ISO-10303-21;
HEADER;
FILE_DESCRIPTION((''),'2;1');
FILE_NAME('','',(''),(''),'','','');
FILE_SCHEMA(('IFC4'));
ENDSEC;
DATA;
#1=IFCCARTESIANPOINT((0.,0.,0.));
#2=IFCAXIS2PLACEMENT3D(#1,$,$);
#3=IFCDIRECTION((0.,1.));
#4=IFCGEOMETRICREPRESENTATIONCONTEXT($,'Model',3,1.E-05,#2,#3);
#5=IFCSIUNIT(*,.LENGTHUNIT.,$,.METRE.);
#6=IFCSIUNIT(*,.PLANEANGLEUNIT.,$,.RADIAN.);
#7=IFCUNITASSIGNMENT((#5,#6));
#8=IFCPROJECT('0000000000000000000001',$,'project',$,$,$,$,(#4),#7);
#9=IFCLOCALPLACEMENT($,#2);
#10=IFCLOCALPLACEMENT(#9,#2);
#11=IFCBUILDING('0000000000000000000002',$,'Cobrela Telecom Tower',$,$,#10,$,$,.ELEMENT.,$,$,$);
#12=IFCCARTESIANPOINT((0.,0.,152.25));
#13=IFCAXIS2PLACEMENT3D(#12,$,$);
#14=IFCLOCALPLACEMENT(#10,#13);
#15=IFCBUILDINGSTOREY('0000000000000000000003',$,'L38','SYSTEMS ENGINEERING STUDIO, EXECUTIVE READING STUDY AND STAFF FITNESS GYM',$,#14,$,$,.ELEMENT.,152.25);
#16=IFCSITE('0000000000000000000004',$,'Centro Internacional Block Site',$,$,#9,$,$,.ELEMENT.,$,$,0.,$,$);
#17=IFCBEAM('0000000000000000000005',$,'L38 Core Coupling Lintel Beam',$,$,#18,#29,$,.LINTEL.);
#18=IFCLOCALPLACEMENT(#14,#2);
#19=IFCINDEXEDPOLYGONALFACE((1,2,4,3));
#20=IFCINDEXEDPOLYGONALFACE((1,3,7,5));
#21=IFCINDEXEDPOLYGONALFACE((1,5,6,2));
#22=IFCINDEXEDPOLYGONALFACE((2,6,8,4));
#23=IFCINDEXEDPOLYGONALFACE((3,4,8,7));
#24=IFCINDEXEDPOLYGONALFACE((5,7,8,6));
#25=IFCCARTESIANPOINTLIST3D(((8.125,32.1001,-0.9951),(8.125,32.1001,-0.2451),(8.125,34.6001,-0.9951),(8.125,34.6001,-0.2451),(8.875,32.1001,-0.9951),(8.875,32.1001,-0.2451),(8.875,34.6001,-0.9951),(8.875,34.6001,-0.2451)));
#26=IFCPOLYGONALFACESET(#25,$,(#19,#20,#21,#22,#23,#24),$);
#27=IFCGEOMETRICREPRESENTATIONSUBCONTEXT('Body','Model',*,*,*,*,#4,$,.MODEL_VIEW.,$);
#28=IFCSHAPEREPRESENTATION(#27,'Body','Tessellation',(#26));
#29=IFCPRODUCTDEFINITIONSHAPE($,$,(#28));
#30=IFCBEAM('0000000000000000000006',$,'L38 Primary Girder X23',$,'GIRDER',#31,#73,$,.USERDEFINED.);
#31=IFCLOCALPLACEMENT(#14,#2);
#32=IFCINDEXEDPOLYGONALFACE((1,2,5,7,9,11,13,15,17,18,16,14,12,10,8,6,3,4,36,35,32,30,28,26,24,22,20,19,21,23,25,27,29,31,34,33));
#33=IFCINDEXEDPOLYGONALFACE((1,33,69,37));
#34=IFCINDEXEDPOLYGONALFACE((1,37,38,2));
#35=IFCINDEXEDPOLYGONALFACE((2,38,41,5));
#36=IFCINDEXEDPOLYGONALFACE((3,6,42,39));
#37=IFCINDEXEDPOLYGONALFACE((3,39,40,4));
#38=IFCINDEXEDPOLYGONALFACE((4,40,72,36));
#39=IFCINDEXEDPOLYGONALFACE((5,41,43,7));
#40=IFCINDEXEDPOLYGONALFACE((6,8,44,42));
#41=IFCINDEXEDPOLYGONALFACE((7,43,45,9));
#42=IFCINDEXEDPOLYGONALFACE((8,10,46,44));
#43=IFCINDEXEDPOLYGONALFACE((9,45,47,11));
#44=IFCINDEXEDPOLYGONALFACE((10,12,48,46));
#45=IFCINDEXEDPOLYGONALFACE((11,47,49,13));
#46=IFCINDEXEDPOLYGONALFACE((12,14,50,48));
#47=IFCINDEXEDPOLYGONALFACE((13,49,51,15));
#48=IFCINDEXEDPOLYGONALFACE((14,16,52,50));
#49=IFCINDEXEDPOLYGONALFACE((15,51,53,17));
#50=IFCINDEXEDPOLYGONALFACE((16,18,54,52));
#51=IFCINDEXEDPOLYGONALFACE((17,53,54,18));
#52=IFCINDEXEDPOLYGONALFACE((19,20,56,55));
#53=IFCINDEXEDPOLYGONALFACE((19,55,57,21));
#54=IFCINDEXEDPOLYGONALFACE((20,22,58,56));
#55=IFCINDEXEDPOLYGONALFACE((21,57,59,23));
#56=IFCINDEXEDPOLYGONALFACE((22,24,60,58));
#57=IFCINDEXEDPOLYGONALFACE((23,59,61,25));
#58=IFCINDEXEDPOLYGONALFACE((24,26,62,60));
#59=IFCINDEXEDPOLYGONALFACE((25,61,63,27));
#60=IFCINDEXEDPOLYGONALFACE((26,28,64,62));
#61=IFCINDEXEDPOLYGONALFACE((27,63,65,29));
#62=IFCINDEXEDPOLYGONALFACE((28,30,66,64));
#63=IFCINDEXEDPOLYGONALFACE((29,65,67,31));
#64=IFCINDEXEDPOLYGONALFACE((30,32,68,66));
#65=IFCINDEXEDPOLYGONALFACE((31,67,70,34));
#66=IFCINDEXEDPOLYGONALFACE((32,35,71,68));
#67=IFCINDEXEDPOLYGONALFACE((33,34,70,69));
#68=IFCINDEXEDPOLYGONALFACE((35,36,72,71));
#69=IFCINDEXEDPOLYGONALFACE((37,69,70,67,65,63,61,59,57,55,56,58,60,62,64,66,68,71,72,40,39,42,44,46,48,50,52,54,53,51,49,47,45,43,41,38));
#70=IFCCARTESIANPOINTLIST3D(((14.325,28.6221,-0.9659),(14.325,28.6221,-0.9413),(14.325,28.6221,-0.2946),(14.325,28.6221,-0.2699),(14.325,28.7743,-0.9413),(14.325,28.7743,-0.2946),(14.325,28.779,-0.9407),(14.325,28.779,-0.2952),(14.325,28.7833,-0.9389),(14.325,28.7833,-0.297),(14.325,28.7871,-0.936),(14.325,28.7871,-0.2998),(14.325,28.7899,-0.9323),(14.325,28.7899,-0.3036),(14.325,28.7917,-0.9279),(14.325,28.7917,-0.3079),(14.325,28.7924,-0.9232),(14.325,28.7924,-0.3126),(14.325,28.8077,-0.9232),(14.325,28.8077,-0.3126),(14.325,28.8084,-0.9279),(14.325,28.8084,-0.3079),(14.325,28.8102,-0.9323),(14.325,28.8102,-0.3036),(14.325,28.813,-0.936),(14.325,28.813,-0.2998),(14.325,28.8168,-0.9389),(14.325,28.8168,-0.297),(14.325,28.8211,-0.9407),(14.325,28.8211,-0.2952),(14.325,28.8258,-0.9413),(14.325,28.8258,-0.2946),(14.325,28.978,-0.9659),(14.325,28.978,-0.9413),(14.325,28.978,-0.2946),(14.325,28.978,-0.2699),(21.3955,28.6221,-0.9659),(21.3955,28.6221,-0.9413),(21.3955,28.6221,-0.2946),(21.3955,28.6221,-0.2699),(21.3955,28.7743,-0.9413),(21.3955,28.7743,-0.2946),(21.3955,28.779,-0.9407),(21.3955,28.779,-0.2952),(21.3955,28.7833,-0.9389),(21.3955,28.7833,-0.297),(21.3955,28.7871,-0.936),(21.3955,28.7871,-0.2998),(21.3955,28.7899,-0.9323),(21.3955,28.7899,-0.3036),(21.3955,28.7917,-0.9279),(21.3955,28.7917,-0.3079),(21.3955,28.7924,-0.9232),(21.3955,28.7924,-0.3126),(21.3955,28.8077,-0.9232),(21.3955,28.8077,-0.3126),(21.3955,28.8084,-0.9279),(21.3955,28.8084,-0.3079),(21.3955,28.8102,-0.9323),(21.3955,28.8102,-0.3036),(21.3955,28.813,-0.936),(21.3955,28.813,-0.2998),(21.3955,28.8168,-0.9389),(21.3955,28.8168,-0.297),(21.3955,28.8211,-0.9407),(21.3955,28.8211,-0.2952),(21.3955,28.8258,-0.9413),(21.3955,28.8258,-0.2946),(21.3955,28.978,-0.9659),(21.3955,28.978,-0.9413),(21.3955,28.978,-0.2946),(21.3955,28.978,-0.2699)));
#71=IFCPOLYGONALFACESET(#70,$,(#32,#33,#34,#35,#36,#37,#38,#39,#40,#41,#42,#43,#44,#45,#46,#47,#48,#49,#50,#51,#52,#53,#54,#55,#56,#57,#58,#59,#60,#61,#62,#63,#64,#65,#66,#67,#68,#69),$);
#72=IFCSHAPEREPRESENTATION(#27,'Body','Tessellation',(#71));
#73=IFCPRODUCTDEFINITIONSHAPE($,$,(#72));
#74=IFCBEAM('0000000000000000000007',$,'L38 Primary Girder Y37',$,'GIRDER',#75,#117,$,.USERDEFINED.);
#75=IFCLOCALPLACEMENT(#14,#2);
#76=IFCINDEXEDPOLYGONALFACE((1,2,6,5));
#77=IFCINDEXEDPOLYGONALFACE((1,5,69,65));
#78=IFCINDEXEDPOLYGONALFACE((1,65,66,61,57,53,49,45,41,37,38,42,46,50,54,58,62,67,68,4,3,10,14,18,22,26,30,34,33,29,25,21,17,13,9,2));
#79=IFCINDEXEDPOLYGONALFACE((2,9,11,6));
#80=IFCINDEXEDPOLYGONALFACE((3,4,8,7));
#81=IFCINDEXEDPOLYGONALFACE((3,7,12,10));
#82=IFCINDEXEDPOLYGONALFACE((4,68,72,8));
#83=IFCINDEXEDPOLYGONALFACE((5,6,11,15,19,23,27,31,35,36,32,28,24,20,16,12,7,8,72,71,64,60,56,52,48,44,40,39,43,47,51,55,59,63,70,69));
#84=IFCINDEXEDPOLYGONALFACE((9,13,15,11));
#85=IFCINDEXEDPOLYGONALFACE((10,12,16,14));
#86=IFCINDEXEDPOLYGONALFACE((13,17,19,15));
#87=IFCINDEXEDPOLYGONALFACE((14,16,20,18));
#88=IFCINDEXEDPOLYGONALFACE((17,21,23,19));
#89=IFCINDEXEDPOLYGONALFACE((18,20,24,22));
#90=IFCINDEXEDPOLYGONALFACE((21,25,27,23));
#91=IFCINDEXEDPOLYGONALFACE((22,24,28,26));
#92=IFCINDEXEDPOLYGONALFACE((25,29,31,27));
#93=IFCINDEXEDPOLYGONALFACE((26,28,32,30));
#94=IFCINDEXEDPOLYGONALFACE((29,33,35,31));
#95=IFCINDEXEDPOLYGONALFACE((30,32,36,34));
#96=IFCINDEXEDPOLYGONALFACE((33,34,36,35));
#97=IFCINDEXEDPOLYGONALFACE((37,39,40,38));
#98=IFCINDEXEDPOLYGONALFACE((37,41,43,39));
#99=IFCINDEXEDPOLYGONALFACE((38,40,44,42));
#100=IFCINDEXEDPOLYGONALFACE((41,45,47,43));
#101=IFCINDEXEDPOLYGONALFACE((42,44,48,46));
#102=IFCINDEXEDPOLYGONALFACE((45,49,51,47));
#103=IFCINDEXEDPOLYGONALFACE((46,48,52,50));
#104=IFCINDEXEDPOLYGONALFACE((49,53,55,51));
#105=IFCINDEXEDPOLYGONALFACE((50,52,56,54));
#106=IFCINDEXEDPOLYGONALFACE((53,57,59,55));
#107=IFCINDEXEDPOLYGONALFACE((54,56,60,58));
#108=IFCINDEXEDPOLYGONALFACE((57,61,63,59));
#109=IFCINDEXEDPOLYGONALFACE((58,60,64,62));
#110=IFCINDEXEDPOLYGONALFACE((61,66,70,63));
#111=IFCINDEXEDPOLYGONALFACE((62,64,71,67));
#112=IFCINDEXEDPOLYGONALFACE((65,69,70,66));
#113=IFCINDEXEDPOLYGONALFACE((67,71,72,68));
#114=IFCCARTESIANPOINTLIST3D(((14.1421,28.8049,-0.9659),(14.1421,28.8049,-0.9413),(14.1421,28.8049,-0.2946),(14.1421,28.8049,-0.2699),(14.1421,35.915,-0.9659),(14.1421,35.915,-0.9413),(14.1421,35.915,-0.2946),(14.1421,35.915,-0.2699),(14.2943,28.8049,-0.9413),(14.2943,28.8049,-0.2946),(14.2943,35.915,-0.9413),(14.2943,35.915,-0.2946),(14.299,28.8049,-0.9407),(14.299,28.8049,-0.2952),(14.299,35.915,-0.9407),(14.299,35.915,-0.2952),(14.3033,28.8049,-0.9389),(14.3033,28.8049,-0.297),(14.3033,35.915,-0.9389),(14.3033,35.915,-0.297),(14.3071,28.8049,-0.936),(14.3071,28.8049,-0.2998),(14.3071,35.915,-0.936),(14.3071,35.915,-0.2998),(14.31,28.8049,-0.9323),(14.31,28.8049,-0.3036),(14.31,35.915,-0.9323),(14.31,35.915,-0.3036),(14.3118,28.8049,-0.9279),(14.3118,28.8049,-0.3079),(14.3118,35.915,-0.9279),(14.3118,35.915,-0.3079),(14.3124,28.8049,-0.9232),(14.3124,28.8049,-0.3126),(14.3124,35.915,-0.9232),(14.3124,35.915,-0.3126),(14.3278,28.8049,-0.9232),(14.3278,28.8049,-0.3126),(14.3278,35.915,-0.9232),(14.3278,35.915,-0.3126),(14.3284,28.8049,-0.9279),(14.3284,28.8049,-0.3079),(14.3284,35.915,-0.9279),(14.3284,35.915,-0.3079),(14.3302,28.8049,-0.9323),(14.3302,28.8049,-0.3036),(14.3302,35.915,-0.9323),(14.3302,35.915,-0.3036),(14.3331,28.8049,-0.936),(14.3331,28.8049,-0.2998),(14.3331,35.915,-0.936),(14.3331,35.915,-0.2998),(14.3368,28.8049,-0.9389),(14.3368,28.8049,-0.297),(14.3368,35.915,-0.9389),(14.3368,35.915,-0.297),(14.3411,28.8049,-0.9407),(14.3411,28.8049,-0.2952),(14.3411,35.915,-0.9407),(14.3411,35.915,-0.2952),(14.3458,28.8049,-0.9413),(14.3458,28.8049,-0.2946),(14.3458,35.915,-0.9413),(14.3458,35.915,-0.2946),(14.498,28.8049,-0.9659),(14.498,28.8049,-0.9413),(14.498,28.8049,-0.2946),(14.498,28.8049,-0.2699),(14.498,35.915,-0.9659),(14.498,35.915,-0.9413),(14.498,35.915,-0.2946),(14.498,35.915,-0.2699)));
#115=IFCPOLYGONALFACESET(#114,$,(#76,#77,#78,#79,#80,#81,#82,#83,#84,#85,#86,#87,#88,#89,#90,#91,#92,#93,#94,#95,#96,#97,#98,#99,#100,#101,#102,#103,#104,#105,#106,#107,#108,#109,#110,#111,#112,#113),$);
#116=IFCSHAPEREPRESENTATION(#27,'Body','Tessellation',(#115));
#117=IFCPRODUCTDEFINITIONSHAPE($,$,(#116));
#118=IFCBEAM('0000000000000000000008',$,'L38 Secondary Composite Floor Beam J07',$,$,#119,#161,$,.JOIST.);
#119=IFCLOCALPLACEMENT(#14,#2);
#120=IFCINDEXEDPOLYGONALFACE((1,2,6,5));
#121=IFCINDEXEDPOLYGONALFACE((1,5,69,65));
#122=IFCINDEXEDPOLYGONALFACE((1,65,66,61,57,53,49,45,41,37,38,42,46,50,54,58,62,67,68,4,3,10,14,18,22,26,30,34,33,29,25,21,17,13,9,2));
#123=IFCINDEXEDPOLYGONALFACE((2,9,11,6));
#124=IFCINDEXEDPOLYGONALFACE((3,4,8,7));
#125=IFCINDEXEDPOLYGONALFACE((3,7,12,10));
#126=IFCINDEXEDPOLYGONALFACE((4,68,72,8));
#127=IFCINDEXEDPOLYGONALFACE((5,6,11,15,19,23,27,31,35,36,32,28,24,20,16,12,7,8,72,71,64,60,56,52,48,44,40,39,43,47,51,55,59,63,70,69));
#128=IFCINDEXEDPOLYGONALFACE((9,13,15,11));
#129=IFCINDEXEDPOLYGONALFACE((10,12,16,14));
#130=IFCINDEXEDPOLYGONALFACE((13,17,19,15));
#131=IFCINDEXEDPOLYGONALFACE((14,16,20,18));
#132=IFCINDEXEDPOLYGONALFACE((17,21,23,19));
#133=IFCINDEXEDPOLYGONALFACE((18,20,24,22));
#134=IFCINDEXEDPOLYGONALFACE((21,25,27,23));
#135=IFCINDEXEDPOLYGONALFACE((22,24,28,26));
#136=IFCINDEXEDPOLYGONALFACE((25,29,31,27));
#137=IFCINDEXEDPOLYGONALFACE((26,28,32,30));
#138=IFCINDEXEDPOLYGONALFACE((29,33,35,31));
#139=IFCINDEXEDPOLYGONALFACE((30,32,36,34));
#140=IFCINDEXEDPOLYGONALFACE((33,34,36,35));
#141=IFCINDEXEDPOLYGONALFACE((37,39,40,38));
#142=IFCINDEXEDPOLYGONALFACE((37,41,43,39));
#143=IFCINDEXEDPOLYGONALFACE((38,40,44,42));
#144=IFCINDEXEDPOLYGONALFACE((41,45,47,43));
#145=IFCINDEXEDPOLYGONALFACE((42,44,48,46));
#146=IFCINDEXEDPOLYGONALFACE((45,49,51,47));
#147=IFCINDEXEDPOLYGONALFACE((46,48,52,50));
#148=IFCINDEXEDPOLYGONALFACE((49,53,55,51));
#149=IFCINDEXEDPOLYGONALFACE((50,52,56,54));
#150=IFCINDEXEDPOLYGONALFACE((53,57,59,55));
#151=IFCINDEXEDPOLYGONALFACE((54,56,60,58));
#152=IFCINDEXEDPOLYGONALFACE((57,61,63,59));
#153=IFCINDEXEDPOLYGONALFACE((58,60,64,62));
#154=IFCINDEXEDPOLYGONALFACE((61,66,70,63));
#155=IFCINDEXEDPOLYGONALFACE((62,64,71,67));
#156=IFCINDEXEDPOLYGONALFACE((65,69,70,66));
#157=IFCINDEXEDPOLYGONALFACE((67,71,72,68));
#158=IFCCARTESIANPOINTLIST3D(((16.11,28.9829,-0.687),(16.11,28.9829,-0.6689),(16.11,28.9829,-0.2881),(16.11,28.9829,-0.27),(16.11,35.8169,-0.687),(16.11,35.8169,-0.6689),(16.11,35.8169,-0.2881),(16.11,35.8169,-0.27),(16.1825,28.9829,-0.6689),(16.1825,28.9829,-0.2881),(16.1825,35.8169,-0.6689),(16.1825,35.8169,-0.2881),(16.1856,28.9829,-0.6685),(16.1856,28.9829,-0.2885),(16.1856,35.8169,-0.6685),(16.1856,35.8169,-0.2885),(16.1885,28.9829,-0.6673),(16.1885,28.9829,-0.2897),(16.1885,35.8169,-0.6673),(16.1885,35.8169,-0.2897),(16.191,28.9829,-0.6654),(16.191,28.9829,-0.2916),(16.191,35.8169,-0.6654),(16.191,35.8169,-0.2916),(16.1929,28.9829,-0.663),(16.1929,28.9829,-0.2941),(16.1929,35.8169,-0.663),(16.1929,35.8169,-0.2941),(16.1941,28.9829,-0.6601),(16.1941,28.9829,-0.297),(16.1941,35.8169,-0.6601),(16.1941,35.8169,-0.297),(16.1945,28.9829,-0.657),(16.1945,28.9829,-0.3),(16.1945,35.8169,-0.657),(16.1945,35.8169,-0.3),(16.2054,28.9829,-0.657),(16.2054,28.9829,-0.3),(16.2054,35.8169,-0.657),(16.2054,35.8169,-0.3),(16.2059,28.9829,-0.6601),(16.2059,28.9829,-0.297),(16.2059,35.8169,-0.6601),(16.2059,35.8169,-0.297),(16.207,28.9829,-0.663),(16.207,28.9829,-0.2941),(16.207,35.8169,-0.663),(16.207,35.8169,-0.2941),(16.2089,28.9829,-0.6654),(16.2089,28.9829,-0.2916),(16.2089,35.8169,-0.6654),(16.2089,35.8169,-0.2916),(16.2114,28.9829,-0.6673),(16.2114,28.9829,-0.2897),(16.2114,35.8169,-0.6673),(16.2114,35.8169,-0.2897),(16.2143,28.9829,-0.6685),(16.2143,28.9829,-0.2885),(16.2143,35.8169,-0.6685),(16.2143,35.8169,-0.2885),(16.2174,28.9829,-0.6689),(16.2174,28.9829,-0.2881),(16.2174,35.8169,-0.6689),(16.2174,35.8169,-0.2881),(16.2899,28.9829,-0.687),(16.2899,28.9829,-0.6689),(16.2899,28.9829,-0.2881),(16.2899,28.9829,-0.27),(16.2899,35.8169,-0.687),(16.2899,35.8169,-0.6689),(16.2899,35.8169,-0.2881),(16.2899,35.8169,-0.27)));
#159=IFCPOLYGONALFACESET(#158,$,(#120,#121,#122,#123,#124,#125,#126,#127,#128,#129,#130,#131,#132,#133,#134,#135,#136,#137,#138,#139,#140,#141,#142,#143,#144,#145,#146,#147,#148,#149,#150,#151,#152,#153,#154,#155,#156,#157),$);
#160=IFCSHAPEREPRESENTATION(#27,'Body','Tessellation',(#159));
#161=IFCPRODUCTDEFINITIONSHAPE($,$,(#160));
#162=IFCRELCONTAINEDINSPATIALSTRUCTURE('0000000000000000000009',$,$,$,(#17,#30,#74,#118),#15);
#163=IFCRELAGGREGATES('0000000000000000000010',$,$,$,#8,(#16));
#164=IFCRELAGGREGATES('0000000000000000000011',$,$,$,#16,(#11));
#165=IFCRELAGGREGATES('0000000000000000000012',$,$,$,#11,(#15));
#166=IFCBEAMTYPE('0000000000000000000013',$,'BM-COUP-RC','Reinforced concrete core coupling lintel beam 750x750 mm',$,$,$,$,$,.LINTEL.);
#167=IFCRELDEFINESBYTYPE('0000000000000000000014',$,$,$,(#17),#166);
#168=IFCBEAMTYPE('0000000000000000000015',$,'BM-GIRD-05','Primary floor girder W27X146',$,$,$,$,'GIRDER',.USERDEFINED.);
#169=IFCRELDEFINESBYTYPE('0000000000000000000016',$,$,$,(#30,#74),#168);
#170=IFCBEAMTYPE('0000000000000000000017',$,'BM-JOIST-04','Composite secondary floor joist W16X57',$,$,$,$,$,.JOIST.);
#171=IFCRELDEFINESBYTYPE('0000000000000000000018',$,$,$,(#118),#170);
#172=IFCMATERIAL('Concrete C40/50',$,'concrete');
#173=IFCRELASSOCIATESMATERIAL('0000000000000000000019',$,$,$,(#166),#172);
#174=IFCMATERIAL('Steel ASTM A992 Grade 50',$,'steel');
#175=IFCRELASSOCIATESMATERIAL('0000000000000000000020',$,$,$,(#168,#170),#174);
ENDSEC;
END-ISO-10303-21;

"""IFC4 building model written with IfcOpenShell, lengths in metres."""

from ifc_helpers import new_model, si_unit, direction, frame, origin, origin_2d, place, context, subcontext, project, spatial, rectangle, i_section, extrude, material, material_profile, profile_set, type_object, element, save


model = new_model("IFC4")

# Units and contexts
model_context = context("Model", 3, precision=1e-05, world=origin(), true_north=direction((0.0, 1.0)))
body_context = subcontext(model_context, "Body", "Model", "MODEL_VIEW")
ifc_project = project(units=[si_unit("LENGTHUNIT", "METRE"), si_unit("PLANEANGLEUNIT", "RADIAN")], contexts=[model_context])

# Site, building, storey
site_placement = place(None, origin())
site = spatial("IfcSite", under=ifc_project, at=site_placement, Name="Centro Internacional Block Site", CompositionType="ELEMENT", RefElevation=0.0)
building_placement = place(site_placement, origin())
building = spatial("IfcBuilding", under=site, at=building_placement, Name="Cobrela Telecom Tower", CompositionType="ELEMENT")
storey_placement = place(building_placement, frame((0.0, 0.0, 152.25)))
storey = spatial("IfcBuildingStorey", under=building, at=storey_placement, Name="L38", Description="SYSTEMS ENGINEERING STUDIO, EXECUTIVE READING STUDY AND STAFF FITNESS GYM", CompositionType="ELEMENT", Elevation=152.25)

# Beams
ifc_material_1 = material(Name="Concrete C40/50", Category="concrete")
ifc_material_profile_1 = material_profile(ifc_material_1, rectangle(XDim=0.75, YDim=0.75, at=origin_2d()), Name="RC 750x750")
ifc_profile_set_1 = profile_set([ifc_material_profile_1], Name="Concrete C40/50")
beam_type_1 = type_object("IfcBeamType", Name="BM-COUP-RC", Description="Reinforced concrete core coupling lintel beam 750x750 mm", PredefinedType="LINTEL", material=ifc_profile_set_1)
beam_1_placement = place(storey_placement, frame((8.5, 32.1001, -0.6201), z_axis=(0.0, 1.0, 0.0), x_axis=(-1.0, 0.0, 0.0)))
element("IfcBeam", 1, at=beam_1_placement, inside=storey, type_object=beam_type_1, Name="L38 Core Coupling Lintel Beam", PredefinedType="LINTEL", context=body_context, shape_type="SweptSolid", body=[
    extrude(rectangle(XDim=0.75, YDim=0.75, at=origin_2d()), origin(), (0.0, 0.0, 1.0), 2.5),
])
ifc_material_2 = material(Name="Steel ASTM A992 Grade 50", Category="steel")
ifc_material_profile_2 = material_profile(ifc_material_2, i_section(OverallWidth=0.356, OverallDepth=0.696, WebThickness=0.0154, FlangeThickness=0.0247, FilletRadius=0.0181, at=origin_2d()), Name="W27X146")
ifc_profile_set_2 = profile_set([ifc_material_profile_2], Name="Steel ASTM A992 Grade 50")
beam_type_2 = type_object("IfcBeamType", Name="BM-GIRD-05", Description="Primary floor girder W27X146", ElementType="GIRDER", PredefinedType="USERDEFINED", material=ifc_profile_set_2)
beam_2_placement = place(storey_placement, frame((14.325, 28.8, -0.6179), z_axis=(1.0, 0.0, 0.0), x_axis=(0.0, 1.0, 0.0)))
element("IfcBeam", 2, at=beam_2_placement, inside=storey, type_object=beam_type_2, Name="L38 Primary Girder X23", ObjectType="GIRDER", PredefinedType="USERDEFINED", context=body_context, shape_type="SweptSolid", body=[
    extrude(i_section(OverallWidth=0.356, OverallDepth=0.696, WebThickness=0.0154, FlangeThickness=0.0247, FilletRadius=0.0181, at=origin_2d()), origin(), (0.0, 0.0, 1.0), 7.0706),
])
beam_3_placement = place(storey_placement, frame((14.3201, 28.8049, -0.6179), z_axis=(0.0, 1.0, 0.0), x_axis=(-1.0, 0.0, 0.0)))
element("IfcBeam", 3, at=beam_3_placement, inside=storey, type_object=beam_type_2, Name="L38 Primary Girder Y37", ObjectType="GIRDER", PredefinedType="USERDEFINED", context=body_context, shape_type="SweptSolid", body=[
    extrude(i_section(OverallWidth=0.356, OverallDepth=0.696, WebThickness=0.0154, FlangeThickness=0.0247, FilletRadius=0.0181, at=origin_2d()), origin(), (0.0, 0.0, 1.0), 7.1101),
])
ifc_material_profile_3 = material_profile(ifc_material_2, i_section(OverallWidth=0.1799, OverallDepth=0.417, WebThickness=0.011, FlangeThickness=0.0181, FilletRadius=0.012, at=origin_2d()), Name="W16X57")
ifc_profile_set_3 = profile_set([ifc_material_profile_3], Name="Steel ASTM A992 Grade 50")
beam_type_3 = type_object("IfcBeamType", Name="BM-JOIST-04", Description="Composite secondary floor joist W16X57", PredefinedType="JOIST", material=ifc_profile_set_3)
for number, where, z_axis, x_axis, name in (
    (4, (16.2, 28.9829, -0.4785), (0.0, 1.0, 0.0), (-1.0, 0.0, 0.0), "L38 Secondary Composite Floor Beam J07"),
):
    element("IfcBeam", number, at=place(storey_placement, frame(where, z_axis=z_axis, x_axis=x_axis)), inside=storey, type_object=beam_type_3, Name=name, PredefinedType="JOIST", context=body_context, shape_type="SweptSolid", body=[
        extrude(i_section(OverallWidth=0.1799, OverallDepth=0.417, WebThickness=0.011, FlangeThickness=0.0181, FilletRadius=0.012, at=origin_2d()), origin(), (0.0, 0.0, 1.0), 6.834),
    ])

save(model, "model.ifc")
